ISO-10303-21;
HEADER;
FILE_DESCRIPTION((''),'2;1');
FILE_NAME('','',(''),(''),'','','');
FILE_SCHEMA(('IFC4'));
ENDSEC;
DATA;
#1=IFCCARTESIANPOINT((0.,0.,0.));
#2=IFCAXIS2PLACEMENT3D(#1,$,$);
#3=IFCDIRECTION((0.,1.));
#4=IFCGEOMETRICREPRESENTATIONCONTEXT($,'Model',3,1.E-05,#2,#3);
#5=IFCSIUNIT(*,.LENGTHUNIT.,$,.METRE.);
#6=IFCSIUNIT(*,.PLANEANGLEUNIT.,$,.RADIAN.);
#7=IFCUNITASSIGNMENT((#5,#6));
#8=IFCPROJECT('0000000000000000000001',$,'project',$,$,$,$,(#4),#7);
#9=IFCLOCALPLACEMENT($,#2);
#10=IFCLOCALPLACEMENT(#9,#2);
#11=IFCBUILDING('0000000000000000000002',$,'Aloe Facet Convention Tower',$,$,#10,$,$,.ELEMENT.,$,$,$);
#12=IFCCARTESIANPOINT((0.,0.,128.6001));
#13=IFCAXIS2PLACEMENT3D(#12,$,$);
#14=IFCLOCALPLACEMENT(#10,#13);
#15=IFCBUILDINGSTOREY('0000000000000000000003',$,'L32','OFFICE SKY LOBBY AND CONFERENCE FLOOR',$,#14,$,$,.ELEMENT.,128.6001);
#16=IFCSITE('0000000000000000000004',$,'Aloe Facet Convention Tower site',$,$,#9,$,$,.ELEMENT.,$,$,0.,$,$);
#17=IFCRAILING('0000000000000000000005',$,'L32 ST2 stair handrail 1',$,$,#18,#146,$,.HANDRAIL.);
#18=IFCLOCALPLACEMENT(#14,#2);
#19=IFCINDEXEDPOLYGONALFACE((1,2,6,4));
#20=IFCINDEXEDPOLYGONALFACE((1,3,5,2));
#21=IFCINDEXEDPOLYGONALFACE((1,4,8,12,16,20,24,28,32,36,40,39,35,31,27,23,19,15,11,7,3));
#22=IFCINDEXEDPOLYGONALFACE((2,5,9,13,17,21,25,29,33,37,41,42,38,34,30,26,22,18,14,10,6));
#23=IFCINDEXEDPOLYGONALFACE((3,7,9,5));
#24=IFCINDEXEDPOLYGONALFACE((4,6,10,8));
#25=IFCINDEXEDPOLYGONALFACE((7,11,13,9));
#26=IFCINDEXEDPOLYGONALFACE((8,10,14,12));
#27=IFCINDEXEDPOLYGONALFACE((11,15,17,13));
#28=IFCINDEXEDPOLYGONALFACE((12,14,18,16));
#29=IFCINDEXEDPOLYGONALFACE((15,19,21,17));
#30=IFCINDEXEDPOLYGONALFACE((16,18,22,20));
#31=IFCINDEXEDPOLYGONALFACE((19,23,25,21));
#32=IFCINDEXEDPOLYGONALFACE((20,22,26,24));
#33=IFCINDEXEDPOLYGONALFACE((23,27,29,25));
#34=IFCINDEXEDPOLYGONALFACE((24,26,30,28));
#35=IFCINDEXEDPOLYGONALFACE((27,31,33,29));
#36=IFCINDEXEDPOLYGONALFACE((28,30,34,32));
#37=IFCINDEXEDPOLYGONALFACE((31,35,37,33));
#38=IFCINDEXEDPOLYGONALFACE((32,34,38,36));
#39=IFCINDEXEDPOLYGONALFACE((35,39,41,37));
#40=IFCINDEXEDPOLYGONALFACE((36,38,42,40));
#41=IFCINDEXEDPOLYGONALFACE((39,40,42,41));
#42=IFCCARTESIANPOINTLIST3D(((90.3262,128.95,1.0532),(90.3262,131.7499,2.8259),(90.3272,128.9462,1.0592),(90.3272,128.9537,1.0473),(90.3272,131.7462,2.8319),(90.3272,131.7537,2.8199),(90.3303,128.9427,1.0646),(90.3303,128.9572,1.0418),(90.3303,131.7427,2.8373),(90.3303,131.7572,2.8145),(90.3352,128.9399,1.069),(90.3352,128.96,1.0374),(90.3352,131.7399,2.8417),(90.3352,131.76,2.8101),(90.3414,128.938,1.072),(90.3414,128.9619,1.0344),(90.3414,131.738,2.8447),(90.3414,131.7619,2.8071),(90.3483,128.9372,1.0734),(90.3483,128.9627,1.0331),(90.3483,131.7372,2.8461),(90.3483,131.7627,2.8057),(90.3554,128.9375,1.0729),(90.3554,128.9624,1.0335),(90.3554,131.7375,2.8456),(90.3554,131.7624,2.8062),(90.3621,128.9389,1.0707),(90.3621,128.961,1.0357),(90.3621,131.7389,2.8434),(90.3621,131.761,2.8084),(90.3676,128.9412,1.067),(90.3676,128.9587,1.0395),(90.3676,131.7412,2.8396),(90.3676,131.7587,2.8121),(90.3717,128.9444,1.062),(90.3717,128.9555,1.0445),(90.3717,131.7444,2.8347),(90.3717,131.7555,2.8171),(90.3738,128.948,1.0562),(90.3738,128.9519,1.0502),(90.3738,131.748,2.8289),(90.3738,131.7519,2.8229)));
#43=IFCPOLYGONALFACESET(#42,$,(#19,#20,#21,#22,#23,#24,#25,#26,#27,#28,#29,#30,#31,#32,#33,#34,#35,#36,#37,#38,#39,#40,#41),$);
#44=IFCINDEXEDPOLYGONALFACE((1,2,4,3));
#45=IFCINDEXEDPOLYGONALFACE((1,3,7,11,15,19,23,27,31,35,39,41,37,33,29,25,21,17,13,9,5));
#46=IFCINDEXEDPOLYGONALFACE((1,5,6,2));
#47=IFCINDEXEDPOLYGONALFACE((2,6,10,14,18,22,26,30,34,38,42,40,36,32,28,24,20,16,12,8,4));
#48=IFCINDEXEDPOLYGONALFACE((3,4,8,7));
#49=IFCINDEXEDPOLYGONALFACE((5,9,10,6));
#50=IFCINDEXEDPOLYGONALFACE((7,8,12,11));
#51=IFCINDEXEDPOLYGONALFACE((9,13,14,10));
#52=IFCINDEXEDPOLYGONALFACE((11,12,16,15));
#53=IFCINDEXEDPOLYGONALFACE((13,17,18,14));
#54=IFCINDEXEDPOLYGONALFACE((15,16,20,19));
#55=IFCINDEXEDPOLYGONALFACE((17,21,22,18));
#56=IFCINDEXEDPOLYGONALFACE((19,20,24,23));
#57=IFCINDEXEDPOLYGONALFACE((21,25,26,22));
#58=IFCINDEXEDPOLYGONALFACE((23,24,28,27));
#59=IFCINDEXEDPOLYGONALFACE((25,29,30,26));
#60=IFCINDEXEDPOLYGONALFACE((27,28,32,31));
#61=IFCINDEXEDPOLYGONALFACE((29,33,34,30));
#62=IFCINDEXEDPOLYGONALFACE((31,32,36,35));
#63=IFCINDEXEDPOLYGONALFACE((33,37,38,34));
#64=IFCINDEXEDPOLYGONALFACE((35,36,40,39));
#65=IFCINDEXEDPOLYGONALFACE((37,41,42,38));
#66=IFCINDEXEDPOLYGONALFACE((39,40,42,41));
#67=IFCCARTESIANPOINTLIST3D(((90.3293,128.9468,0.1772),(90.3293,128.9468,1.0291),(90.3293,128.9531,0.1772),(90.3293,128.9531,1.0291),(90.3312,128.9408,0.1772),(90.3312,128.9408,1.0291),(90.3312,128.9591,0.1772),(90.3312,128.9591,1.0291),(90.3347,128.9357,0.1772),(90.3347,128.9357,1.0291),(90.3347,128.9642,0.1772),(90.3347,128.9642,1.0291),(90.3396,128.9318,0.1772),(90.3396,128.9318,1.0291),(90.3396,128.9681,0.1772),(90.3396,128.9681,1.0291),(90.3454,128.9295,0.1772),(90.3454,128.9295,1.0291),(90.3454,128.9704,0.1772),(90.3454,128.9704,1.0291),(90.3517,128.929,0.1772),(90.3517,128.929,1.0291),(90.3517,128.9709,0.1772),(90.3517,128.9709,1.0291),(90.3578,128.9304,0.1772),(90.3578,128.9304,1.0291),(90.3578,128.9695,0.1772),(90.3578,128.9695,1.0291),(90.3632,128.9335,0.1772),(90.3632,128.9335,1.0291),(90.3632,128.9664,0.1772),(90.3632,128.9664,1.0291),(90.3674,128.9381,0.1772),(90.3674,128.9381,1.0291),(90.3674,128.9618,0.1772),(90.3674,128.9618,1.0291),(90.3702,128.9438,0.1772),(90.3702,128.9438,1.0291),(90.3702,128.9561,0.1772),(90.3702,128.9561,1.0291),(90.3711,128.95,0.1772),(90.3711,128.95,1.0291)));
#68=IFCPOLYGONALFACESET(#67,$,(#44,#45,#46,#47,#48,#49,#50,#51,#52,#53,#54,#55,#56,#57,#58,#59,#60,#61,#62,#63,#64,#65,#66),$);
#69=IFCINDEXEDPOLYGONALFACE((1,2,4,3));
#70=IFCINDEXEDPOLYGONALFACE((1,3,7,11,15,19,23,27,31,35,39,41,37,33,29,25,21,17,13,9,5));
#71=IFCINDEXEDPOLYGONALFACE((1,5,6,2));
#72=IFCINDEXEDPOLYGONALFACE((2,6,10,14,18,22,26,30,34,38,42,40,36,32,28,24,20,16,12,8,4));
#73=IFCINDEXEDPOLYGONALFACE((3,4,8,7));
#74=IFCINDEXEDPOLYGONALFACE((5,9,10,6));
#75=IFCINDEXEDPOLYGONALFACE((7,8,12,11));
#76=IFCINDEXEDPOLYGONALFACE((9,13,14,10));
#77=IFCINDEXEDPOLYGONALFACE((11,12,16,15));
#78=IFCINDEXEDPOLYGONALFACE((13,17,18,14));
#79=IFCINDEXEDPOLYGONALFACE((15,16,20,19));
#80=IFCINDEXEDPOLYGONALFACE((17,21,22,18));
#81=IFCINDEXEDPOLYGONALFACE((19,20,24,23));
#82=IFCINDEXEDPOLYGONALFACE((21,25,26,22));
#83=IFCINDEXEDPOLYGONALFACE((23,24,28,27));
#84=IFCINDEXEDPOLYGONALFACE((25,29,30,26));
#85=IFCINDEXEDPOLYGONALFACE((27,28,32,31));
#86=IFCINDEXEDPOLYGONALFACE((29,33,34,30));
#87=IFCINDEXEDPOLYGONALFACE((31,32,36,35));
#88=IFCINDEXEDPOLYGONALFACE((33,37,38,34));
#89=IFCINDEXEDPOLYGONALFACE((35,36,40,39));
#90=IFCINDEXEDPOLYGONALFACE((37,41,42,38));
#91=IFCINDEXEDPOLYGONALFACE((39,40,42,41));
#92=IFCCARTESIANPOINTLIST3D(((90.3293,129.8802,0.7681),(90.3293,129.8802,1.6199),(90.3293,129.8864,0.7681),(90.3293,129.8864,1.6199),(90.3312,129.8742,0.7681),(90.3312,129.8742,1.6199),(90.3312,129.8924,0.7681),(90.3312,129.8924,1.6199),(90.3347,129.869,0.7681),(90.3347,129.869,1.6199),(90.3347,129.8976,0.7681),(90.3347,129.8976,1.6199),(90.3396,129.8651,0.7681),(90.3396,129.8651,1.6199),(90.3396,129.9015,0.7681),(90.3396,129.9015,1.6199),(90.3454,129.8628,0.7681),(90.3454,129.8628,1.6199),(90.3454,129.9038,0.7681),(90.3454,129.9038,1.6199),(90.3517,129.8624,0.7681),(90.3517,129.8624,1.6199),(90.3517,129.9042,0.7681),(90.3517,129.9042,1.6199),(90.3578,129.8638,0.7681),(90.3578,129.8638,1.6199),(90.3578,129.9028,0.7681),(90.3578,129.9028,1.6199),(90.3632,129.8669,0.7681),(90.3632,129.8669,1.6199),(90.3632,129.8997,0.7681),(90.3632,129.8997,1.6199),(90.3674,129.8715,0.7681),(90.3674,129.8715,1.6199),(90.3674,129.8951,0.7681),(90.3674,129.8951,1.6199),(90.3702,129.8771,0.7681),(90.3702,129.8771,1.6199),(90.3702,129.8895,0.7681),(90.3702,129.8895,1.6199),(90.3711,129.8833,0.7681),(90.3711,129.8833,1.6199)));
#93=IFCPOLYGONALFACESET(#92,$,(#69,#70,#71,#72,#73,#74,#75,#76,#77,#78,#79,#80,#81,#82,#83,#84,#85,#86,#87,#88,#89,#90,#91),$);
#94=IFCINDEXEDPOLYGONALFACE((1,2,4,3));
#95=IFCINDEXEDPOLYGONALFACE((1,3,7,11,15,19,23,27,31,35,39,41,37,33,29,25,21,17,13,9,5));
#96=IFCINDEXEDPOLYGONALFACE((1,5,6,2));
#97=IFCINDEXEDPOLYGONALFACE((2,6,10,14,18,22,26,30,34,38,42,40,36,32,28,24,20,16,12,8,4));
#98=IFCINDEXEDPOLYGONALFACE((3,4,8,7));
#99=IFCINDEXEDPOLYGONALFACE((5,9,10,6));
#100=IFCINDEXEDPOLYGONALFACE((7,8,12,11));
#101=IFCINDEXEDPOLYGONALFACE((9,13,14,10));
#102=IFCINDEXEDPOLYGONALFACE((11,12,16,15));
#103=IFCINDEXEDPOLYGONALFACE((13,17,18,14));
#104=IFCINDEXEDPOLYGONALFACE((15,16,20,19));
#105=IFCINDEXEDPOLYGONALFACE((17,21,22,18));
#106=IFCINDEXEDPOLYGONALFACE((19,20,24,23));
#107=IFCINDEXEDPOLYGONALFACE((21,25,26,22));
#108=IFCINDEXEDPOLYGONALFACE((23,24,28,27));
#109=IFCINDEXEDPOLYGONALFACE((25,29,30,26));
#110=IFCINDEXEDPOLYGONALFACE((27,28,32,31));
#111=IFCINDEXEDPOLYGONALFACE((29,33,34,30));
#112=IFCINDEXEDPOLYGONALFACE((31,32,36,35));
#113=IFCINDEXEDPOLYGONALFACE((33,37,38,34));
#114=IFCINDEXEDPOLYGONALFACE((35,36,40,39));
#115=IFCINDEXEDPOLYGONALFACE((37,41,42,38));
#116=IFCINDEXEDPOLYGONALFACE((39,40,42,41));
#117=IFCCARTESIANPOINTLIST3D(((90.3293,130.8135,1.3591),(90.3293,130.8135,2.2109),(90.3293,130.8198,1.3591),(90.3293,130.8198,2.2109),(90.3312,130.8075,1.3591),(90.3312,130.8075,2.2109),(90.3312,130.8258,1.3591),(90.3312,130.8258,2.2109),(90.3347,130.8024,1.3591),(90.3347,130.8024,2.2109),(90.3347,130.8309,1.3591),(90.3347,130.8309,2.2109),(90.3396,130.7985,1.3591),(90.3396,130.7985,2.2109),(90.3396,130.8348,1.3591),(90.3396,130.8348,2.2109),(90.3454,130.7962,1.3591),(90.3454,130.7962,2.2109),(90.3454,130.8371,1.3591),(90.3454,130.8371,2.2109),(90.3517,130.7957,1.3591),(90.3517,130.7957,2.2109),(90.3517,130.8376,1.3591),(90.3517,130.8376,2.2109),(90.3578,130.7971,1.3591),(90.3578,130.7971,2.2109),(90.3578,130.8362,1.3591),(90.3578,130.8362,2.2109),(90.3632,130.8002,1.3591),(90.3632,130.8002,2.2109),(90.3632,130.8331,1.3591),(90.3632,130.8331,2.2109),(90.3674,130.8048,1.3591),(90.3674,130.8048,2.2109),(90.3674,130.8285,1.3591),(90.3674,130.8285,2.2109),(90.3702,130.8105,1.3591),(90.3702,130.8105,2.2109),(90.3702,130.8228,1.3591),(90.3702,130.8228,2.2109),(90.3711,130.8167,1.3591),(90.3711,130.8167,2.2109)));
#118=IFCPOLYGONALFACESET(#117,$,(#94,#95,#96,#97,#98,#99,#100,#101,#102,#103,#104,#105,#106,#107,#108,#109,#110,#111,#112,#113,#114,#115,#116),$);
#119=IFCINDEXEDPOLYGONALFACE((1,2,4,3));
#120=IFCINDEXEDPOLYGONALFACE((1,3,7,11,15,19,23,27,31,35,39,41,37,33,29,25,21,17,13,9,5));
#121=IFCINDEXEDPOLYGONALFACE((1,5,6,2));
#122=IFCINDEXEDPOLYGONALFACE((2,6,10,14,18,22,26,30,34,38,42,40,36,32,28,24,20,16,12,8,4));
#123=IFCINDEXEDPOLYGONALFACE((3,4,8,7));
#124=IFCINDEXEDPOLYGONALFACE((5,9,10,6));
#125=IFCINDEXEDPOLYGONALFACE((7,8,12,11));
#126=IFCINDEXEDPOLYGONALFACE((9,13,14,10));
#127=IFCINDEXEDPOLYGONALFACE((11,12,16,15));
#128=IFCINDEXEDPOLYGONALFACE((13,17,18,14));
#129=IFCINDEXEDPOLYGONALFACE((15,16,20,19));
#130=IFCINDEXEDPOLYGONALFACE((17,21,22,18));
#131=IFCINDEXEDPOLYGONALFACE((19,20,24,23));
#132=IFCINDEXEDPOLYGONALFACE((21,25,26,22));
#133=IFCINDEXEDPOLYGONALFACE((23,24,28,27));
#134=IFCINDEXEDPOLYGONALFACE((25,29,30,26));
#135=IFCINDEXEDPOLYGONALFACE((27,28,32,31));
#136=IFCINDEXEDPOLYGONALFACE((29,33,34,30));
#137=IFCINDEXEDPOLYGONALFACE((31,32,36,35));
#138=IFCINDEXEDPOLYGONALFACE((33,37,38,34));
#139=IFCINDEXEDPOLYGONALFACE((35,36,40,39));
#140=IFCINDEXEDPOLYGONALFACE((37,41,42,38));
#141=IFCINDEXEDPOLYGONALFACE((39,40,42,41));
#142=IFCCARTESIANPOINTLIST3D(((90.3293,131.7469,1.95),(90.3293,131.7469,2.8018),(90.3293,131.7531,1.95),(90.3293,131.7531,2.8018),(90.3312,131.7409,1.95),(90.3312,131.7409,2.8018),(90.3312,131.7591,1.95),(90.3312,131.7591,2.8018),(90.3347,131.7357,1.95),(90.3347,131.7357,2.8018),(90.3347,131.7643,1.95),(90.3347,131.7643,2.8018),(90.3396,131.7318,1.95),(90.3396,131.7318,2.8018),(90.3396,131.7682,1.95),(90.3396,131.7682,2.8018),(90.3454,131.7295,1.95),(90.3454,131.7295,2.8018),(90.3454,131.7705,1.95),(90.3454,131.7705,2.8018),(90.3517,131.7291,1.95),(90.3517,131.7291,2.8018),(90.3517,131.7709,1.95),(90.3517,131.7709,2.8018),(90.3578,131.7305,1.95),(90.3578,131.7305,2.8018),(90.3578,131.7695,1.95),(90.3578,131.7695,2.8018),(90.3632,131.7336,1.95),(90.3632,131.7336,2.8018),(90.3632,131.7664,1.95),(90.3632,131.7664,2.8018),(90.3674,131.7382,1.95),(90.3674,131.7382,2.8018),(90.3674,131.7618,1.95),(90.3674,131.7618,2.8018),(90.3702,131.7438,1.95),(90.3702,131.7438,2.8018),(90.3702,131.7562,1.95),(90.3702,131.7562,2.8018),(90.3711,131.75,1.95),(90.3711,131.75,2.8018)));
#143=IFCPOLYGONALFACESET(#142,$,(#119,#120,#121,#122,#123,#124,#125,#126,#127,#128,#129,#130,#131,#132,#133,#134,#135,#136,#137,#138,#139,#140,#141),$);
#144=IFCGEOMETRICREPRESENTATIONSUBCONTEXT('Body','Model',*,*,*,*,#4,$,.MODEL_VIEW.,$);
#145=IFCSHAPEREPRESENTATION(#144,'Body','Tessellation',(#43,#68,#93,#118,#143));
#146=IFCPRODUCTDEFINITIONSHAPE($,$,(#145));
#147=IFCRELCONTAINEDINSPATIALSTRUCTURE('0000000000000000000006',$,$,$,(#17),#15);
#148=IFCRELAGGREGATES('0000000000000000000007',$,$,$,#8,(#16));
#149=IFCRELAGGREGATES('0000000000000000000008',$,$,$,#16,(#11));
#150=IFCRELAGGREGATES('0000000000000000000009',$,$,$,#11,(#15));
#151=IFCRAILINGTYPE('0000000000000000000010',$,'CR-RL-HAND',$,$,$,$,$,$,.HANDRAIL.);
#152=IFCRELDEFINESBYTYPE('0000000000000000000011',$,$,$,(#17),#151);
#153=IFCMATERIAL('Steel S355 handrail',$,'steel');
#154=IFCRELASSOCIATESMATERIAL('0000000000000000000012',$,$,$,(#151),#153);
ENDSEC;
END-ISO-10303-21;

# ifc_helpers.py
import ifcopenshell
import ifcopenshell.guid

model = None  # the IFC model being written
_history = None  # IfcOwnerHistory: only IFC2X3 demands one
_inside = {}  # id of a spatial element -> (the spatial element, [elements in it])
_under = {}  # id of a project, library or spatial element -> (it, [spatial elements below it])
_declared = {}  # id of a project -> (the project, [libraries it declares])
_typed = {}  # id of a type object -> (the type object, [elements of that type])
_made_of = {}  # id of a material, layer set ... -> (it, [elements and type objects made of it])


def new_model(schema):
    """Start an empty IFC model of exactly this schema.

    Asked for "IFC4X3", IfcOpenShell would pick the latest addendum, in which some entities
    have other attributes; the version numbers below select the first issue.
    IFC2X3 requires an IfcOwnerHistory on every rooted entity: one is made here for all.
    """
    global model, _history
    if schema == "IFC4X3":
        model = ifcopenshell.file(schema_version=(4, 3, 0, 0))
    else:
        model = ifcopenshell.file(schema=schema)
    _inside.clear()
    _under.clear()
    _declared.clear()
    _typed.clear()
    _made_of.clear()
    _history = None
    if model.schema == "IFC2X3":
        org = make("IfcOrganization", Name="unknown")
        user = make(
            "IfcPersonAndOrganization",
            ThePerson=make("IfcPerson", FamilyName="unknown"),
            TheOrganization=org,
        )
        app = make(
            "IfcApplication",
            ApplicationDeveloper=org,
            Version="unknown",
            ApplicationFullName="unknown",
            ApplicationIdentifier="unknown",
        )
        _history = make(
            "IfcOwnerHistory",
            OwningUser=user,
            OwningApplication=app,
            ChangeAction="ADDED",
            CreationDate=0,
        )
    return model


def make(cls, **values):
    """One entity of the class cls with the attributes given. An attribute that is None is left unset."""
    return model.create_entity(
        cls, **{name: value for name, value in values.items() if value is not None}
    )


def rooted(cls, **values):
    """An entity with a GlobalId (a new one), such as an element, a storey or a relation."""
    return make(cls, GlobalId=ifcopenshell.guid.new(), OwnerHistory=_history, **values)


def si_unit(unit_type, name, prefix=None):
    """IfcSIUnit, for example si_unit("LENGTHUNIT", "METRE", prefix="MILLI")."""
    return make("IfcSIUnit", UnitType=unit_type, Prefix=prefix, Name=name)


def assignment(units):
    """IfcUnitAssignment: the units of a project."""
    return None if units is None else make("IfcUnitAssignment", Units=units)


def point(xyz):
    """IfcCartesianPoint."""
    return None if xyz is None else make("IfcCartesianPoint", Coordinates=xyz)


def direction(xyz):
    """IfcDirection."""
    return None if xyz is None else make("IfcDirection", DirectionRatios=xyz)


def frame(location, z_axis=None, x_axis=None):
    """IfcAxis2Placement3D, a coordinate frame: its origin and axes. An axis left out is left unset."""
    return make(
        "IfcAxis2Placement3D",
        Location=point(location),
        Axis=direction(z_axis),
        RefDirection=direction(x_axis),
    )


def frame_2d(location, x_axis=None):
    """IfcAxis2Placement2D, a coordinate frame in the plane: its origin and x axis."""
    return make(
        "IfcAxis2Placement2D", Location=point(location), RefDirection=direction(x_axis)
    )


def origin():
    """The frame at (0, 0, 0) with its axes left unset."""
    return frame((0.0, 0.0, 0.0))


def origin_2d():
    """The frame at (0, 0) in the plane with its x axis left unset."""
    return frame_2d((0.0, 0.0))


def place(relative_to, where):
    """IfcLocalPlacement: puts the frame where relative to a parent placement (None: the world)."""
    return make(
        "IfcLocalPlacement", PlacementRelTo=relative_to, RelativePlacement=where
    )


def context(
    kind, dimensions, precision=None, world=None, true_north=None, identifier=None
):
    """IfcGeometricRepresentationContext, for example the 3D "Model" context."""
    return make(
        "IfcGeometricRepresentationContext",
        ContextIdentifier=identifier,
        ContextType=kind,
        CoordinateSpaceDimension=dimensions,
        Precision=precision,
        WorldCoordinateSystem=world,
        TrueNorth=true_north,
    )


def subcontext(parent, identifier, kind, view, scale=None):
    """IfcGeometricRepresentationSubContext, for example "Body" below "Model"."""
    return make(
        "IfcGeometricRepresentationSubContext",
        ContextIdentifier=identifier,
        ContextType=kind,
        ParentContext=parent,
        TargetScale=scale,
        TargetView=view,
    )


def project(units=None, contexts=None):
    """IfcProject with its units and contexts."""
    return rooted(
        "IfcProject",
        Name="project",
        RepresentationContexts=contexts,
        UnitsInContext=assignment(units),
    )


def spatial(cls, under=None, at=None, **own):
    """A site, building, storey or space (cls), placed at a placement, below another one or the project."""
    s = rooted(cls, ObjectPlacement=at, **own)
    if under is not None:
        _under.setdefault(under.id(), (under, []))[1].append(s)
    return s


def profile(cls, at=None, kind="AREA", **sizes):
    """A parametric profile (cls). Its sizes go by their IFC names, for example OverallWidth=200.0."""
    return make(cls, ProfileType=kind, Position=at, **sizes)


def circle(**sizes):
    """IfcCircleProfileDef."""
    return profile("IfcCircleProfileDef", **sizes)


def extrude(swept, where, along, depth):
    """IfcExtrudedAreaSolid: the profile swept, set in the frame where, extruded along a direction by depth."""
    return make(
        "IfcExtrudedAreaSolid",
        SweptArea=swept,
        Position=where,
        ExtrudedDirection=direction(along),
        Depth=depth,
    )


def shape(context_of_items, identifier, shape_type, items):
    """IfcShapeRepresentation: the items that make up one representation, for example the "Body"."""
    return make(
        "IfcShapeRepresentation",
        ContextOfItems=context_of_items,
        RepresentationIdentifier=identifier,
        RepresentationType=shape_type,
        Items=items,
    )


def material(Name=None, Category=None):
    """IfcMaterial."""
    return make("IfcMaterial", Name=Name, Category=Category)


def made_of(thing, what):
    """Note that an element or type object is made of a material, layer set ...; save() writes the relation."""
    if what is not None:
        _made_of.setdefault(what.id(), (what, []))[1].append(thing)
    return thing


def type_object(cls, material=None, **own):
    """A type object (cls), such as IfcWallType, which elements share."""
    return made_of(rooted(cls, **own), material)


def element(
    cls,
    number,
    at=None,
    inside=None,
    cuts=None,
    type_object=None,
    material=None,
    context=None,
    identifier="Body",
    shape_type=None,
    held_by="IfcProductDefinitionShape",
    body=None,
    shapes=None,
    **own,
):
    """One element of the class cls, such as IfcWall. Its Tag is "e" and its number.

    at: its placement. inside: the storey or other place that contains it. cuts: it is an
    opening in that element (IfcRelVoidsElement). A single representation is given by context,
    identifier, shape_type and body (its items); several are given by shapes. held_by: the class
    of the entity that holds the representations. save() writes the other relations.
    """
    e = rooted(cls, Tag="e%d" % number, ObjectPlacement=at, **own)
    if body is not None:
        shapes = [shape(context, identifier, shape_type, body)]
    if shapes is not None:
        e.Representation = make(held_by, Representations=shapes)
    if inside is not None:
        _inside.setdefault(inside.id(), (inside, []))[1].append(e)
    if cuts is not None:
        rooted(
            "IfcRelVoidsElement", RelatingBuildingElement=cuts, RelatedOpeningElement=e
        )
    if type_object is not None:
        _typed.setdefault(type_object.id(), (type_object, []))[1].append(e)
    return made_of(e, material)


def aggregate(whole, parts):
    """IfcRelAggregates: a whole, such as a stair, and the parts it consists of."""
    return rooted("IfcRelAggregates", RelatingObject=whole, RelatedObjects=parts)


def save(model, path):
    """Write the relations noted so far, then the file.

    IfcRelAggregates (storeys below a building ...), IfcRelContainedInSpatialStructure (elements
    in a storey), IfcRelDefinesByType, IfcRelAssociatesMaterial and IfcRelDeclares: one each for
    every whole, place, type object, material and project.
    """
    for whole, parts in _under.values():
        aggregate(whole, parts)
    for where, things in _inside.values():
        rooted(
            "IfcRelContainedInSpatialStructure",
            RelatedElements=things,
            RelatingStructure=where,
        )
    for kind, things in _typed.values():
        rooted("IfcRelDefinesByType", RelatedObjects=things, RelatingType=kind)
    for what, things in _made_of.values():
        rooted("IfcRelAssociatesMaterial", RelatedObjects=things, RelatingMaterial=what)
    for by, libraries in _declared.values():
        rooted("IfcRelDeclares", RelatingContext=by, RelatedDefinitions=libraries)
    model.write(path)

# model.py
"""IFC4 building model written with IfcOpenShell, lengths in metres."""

from ifc_helpers import new_model, si_unit, direction, frame, origin, origin_2d, place, context, subcontext, project, spatial, circle, extrude, material, type_object, element, save


model = new_model("IFC4")

# Units and contexts
model_context = context("Model", 3, precision=1e-05, world=origin(), true_north=direction((0.0, 1.0)))
body_context = subcontext(model_context, "Body", "Model", "MODEL_VIEW")
ifc_project = project(units=[si_unit("LENGTHUNIT", "METRE"), si_unit("PLANEANGLEUNIT", "RADIAN")], contexts=[model_context])

# Site, building, storey
site_placement = place(None, origin())
site = spatial("IfcSite", under=ifc_project, at=site_placement, Name="Aloe Facet Convention Tower site", CompositionType="ELEMENT", RefElevation=0.0)
building_placement = place(site_placement, origin())
building = spatial("IfcBuilding", under=site, at=building_placement, Name="Aloe Facet Convention Tower", CompositionType="ELEMENT")
storey_placement = place(building_placement, frame((0.0, 0.0, 128.6001)))
storey = spatial("IfcBuildingStorey", under=building, at=storey_placement, Name="L32", Description="OFFICE SKY LOBBY AND CONFERENCE FLOOR", CompositionType="ELEMENT", Elevation=128.6001)

# Railing
ifc_material_1 = material(Name="Steel S355 handrail", Category="steel")
railing_type = type_object("IfcRailingType", Name="CR-RL-HAND", PredefinedType="HANDRAIL", material=ifc_material_1)
railing_placement = place(storey_placement, frame((90.3501, 128.95, 0.1772)))
element("IfcRailing", 1, at=railing_placement, inside=storey, type_object=railing_type, Name="L32 ST2 stair handrail 1", PredefinedType="HANDRAIL", context=body_context, shape_type="SweptSolid", body=[
    extrude(circle(Radius=0.0239, at=origin_2d()), frame((0.0, 0.0, 0.876), z_axis=(0.0, 0.844909, 0.53491), x_axis=(-1.0, 0.0, 0.0)), (0.0, 0.0, 1.0), 3.314),
    extrude(circle(Radius=0.021, at=origin_2d()), origin(), (0.0, 0.0, 1.0), 0.8518),
    extrude(circle(Radius=0.021, at=origin_2d()), frame((0.0, 0.9333, 0.5908)), (0.0, 0.0, 1.0), 0.8518),
    extrude(circle(Radius=0.021, at=origin_2d()), frame((0.0, 1.8667, 1.1819)), (0.0, 0.0, 1.0), 0.8518),
    extrude(circle(Radius=0.021, at=origin_2d()), frame((0.0, 2.8, 1.7727)), (0.0, 0.0, 1.0), 0.8518),
])

save(model, "model.ifc")
